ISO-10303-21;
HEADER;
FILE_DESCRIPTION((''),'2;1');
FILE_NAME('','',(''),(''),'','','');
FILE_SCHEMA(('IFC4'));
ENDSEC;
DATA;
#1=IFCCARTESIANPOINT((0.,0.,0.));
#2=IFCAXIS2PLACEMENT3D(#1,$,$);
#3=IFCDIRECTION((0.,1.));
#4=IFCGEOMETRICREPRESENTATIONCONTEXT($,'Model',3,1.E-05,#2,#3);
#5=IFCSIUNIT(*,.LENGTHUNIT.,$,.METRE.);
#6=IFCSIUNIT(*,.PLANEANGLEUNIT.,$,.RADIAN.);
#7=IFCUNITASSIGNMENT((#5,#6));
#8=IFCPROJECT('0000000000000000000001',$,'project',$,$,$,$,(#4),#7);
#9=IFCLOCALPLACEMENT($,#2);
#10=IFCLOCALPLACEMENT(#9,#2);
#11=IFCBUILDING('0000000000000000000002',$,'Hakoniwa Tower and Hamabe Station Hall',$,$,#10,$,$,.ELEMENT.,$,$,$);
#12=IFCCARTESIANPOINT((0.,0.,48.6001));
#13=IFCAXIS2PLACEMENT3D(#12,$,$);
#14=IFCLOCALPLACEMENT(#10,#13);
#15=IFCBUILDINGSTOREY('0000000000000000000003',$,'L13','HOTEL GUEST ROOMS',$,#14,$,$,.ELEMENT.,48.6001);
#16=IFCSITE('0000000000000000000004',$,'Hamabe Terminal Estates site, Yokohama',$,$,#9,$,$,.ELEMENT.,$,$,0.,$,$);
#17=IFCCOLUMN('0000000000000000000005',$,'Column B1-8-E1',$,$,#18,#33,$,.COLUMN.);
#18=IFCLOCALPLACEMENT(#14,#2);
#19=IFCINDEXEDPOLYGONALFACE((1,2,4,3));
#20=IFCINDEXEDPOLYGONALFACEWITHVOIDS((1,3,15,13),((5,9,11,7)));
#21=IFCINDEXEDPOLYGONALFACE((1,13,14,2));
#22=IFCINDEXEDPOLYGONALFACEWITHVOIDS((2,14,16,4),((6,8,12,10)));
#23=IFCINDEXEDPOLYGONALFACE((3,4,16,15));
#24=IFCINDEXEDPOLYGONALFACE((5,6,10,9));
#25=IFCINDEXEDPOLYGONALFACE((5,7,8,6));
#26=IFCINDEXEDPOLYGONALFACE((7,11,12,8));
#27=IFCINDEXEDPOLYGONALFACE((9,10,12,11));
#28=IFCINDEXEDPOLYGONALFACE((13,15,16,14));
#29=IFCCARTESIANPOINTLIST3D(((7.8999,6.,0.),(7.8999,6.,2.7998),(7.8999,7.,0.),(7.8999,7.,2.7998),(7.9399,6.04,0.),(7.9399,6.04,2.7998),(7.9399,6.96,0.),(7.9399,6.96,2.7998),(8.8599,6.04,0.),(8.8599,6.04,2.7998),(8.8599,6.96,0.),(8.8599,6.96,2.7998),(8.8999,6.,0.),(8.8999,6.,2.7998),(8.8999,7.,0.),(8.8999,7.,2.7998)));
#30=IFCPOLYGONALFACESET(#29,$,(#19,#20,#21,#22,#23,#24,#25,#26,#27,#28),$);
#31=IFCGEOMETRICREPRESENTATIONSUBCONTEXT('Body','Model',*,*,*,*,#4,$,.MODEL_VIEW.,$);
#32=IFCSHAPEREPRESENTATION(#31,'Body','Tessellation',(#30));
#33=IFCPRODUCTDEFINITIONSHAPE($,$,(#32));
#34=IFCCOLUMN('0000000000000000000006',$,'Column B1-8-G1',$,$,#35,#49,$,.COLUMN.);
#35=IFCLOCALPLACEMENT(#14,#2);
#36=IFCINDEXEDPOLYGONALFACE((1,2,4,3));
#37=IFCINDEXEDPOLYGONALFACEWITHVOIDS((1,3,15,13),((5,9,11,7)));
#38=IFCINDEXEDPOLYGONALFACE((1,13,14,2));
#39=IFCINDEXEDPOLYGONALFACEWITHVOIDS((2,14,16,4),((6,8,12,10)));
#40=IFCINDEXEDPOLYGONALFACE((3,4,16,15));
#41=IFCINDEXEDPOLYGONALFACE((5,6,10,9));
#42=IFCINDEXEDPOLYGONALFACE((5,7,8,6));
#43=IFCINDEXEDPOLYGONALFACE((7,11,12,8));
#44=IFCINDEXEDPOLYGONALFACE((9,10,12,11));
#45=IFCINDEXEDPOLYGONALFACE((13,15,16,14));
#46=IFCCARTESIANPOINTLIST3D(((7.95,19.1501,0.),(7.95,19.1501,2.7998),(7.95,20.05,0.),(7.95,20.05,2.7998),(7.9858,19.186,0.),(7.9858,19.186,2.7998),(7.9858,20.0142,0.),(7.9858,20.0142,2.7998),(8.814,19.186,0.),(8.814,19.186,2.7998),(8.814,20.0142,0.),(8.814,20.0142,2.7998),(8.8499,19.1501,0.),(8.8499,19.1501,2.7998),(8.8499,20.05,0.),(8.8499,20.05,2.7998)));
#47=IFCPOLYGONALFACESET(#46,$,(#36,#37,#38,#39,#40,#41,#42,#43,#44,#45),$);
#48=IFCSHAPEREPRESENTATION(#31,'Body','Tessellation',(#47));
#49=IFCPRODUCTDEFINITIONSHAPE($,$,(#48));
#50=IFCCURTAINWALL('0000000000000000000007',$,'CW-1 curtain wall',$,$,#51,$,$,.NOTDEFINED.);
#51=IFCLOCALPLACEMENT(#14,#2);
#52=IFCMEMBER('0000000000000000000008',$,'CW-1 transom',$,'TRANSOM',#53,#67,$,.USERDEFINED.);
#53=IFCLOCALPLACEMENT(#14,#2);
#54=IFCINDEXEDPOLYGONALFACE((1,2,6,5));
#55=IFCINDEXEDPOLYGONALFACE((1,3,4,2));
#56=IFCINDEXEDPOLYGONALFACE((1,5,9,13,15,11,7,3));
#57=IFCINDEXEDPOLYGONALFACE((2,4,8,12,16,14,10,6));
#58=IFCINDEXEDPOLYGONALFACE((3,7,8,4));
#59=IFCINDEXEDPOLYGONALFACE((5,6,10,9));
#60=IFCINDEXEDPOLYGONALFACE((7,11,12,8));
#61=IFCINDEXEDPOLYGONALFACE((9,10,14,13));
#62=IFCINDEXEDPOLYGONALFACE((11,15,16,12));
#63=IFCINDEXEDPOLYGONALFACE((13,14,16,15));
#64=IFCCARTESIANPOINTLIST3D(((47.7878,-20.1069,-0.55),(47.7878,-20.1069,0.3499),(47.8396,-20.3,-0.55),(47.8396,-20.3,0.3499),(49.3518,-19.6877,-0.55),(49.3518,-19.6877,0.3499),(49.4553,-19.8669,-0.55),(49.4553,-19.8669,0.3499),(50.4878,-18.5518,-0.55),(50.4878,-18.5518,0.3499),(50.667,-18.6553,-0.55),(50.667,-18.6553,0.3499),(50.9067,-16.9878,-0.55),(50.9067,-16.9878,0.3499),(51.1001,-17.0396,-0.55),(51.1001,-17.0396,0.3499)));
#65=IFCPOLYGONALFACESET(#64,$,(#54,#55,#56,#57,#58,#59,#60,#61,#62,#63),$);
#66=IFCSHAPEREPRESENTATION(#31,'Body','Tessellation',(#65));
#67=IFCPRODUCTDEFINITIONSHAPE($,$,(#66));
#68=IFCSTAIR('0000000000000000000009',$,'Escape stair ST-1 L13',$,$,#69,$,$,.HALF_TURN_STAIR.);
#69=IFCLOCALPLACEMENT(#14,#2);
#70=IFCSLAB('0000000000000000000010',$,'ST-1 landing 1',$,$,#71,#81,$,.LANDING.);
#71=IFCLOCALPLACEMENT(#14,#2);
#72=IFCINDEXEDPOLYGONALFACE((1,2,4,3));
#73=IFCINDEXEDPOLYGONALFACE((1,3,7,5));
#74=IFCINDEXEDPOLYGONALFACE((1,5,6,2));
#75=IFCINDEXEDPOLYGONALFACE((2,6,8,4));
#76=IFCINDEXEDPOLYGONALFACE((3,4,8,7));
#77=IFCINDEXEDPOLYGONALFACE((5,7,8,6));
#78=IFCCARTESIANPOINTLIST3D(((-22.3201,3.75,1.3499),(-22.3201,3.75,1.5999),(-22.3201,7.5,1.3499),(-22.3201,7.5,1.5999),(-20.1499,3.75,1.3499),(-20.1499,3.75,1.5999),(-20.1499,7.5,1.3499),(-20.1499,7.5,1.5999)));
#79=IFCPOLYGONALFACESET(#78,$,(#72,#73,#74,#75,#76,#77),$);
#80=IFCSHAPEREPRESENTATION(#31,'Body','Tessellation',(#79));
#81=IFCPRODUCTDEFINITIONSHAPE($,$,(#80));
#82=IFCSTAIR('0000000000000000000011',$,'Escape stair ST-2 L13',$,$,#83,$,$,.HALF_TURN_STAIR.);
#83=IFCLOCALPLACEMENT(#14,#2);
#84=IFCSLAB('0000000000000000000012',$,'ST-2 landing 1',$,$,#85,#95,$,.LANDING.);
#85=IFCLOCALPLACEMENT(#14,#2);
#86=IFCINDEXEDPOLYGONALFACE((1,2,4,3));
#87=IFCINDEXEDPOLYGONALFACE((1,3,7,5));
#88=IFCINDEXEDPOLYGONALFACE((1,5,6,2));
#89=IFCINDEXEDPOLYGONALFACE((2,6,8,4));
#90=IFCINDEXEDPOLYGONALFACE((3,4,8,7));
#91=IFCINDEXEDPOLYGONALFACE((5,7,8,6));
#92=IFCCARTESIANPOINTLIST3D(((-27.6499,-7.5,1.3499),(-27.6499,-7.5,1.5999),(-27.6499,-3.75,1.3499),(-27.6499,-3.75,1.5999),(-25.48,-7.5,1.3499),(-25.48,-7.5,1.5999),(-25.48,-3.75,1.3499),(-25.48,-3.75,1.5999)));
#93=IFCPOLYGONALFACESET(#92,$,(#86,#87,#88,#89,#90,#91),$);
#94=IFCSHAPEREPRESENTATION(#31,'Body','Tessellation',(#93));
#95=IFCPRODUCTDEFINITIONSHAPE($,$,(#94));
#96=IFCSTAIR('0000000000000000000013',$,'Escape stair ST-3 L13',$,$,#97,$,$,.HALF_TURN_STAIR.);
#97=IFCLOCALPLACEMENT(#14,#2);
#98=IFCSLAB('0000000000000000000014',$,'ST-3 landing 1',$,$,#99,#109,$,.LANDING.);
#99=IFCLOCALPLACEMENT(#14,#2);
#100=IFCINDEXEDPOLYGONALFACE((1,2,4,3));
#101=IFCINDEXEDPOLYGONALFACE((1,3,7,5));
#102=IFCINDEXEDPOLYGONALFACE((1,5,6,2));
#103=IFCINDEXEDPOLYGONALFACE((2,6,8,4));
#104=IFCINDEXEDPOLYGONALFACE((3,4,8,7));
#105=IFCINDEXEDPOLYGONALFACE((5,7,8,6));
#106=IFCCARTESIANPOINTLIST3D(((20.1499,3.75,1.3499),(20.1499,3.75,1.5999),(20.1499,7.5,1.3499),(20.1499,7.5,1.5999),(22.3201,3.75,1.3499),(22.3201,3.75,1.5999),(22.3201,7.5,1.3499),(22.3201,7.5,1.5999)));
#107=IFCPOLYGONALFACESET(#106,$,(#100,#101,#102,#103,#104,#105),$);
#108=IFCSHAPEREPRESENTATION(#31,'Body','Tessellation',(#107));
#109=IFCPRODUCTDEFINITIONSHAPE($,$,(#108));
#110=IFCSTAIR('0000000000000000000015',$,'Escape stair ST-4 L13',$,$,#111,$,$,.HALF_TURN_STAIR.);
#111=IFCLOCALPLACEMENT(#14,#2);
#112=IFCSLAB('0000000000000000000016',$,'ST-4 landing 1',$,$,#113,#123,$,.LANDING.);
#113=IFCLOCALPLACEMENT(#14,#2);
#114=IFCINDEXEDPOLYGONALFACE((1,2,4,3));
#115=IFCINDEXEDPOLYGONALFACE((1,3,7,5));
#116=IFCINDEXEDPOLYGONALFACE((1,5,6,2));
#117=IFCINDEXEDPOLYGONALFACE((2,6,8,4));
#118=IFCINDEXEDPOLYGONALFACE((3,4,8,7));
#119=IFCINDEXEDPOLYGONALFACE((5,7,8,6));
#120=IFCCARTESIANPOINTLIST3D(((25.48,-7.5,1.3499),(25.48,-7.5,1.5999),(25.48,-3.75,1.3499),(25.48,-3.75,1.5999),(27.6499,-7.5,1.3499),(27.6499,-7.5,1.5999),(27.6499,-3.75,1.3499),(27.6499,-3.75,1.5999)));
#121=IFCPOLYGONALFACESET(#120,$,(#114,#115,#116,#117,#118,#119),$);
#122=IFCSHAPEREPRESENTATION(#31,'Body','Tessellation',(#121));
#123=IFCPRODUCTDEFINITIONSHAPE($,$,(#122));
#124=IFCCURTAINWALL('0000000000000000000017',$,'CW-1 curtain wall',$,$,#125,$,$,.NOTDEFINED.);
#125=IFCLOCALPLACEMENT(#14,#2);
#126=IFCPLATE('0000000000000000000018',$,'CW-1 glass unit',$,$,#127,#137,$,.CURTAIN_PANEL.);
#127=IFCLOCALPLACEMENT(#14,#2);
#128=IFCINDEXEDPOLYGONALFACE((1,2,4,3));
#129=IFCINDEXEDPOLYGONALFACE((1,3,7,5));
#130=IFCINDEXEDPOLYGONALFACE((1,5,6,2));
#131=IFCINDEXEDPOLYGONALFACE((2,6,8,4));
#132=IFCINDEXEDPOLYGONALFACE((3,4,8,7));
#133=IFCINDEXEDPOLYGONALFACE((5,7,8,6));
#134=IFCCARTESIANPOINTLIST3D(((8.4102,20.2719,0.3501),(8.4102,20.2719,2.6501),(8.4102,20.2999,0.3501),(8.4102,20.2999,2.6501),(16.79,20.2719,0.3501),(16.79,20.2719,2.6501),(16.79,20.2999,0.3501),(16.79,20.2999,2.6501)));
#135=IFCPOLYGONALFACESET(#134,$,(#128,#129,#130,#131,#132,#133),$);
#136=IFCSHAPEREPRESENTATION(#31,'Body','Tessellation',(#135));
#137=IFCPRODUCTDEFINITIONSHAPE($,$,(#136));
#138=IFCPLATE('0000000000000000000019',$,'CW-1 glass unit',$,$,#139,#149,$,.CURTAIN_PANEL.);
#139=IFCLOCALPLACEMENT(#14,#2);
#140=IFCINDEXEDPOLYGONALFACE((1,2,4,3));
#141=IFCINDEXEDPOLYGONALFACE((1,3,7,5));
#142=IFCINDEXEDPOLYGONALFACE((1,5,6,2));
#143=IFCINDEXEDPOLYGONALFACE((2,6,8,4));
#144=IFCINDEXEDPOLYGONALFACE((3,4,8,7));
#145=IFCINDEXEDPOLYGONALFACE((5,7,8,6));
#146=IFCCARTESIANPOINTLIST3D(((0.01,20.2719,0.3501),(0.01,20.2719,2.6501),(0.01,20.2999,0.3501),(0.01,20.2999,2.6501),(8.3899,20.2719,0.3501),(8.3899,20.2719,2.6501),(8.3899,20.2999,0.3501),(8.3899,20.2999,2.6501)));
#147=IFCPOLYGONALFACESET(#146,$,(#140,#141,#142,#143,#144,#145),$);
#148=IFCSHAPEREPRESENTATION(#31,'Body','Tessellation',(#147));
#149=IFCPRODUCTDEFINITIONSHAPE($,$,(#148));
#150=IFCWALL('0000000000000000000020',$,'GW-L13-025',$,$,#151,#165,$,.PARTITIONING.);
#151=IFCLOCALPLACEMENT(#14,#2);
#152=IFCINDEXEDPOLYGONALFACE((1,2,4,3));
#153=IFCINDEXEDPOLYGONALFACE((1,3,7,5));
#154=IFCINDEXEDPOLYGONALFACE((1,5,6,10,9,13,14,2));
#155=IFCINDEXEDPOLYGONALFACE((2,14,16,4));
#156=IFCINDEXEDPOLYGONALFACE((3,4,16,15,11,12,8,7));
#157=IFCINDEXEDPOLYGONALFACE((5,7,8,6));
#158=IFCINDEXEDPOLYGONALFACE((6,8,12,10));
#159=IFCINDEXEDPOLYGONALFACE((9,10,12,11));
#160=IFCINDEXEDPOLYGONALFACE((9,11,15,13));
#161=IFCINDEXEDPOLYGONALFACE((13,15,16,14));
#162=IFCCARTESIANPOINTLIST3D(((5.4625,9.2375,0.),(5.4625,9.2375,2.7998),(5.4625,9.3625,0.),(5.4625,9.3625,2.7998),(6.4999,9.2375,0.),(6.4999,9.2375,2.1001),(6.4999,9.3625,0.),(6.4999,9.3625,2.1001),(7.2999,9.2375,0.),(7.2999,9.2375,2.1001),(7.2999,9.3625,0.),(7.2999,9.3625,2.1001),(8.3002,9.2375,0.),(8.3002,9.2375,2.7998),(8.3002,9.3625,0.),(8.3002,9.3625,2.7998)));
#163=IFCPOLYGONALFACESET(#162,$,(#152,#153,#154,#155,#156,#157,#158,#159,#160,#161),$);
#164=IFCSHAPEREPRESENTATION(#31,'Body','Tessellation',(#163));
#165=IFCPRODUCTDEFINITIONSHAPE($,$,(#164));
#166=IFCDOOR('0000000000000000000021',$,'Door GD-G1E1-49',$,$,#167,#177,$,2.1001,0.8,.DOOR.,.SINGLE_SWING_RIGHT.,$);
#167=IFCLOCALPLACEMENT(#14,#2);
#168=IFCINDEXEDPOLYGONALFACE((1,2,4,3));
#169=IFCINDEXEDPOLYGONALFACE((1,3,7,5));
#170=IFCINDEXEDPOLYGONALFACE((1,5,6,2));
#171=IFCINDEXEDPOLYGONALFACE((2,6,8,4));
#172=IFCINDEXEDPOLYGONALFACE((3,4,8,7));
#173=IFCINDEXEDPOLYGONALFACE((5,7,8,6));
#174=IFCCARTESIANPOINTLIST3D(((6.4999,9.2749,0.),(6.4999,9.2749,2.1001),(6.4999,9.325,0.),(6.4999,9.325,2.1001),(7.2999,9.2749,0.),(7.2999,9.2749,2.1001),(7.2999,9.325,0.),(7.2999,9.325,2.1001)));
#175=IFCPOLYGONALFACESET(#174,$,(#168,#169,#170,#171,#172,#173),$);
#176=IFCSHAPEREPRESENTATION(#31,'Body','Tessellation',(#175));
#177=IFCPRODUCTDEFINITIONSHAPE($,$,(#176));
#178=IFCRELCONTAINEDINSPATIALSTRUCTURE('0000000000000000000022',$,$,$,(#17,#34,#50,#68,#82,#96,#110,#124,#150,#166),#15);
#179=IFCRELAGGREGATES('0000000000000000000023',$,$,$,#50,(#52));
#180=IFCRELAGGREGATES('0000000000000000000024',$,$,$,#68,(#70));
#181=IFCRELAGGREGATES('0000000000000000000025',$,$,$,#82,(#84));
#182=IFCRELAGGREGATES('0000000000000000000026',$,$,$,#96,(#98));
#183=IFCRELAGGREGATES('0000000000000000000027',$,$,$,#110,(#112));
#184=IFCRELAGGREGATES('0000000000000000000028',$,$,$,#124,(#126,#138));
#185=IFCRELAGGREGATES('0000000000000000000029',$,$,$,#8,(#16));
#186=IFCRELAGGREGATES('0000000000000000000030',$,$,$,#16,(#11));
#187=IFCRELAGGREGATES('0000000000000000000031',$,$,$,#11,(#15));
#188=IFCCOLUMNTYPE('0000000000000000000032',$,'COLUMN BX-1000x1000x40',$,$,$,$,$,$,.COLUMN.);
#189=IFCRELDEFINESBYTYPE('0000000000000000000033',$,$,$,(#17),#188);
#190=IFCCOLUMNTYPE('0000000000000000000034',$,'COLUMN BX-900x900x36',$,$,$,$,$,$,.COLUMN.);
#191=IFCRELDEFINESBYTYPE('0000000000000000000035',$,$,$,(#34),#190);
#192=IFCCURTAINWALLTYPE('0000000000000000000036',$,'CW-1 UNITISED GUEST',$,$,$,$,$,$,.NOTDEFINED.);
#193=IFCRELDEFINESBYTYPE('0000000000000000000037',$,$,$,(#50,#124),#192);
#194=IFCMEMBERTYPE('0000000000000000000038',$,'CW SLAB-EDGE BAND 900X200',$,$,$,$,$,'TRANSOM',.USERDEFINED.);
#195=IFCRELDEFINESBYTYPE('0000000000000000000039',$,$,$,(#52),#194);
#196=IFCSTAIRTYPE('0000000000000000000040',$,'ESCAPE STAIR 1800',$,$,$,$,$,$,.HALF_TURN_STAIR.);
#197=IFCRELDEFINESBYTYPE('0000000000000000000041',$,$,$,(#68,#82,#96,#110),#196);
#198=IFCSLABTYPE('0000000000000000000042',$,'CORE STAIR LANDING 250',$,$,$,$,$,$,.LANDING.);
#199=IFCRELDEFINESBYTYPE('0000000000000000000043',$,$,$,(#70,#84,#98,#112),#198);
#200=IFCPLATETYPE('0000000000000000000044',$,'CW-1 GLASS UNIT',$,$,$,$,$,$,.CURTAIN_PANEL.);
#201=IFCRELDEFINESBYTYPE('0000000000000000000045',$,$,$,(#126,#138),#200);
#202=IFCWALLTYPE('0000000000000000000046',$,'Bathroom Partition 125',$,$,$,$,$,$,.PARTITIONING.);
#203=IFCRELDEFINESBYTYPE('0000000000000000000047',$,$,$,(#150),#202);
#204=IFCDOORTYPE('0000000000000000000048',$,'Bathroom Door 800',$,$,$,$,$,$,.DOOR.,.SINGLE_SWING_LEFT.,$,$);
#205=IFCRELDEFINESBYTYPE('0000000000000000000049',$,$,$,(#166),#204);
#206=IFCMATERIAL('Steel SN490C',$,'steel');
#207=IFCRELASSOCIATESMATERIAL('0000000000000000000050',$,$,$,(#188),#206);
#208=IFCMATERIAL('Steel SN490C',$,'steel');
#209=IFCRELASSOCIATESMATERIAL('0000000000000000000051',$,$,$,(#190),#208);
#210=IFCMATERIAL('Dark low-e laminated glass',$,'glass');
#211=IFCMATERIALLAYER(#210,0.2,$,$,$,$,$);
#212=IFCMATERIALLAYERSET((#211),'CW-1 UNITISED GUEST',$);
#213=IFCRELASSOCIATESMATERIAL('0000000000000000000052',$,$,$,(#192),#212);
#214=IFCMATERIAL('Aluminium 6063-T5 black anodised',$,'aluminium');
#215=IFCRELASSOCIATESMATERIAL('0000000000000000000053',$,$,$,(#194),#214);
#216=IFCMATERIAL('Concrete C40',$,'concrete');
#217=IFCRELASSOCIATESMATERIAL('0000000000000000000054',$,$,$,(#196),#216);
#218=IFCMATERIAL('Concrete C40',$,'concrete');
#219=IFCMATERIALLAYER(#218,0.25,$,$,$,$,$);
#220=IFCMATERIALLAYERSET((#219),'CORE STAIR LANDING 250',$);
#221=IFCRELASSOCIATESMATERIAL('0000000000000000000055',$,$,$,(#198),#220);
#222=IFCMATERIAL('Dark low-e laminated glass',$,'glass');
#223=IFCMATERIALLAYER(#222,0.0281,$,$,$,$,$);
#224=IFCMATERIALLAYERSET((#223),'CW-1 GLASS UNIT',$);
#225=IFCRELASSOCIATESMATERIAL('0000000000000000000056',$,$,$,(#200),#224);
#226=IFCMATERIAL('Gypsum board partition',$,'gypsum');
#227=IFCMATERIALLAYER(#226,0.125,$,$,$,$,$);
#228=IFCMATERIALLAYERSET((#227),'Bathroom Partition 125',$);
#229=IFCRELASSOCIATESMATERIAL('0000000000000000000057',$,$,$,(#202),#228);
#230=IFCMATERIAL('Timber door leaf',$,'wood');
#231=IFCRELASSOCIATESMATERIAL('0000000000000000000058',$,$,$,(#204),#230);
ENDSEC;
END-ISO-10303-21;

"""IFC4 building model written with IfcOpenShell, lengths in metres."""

from ifc_helpers import new_model, si_unit, direction, frame, frame_2d, origin, origin_2d, place, context, subcontext, project, spatial, polyline, rectangle, hollow_rectangle, outline, extrude, material, layer, layer_set, material_profile, profile_set, type_object, element, fill, aggregate, save


model = new_model("IFC4")

# Units and contexts
model_context = context("Model", 3, precision=1e-05, world=origin(), true_north=direction((0.0, 1.0)))
body_context = subcontext(model_context, "Body", "Model", "MODEL_VIEW")
ifc_project = project(units=[si_unit("LENGTHUNIT", "METRE"), si_unit("PLANEANGLEUNIT", "RADIAN")], contexts=[model_context])

# Site, building, storey
site_placement = place(None, origin())
site = spatial("IfcSite", under=ifc_project, at=site_placement, Name="Hamabe Terminal Estates site, Yokohama", CompositionType="ELEMENT", RefElevation=0.0)
building_placement = place(site_placement, origin())
building = spatial("IfcBuilding", under=site, at=building_placement, Name="Hakoniwa Tower and Hamabe Station Hall", CompositionType="ELEMENT")
storey_placement = place(building_placement, frame((0.0, 0.0, 48.6001)))
storey = spatial("IfcBuildingStorey", under=building, at=storey_placement, Name="L13", Description="HOTEL GUEST ROOMS", CompositionType="ELEMENT", Elevation=48.6001)

# Columns
ifc_material_1 = material(Name="Steel SN490C", Category="steel")
ifc_material_profile_1 = material_profile(ifc_material_1, hollow_rectangle(XDim=1.0, YDim=1.0, WallThickness=0.04, at=origin_2d()), Name="BX-1000x1000x40")
ifc_profile_set_1 = profile_set([ifc_material_profile_1], Name="Steel SN490C")
column_type_1 = type_object("IfcColumnType", Name="COLUMN BX-1000x1000x40", PredefinedType="COLUMN", material=ifc_profile_set_1)
column_1_placement = place(storey_placement, frame((8.3999, 6.5, 0.0), z_axis=(0.0, 0.0, 1.0), x_axis=(1.0, 0.0, 0.0)))
element("IfcColumn", 1, at=column_1_placement, inside=storey, type_object=column_type_1, Name="Column B1-8-E1", PredefinedType="COLUMN", context=body_context, shape_type="SweptSolid", body=[
    extrude(hollow_rectangle(XDim=1.0, YDim=1.0, WallThickness=0.04, at=origin_2d()), origin(), (0.0, 0.0, 1.0), 2.7998),
])
ifc_material_2 = material(Name="Steel SN490C", Category="steel")
ifc_material_profile_2 = material_profile(ifc_material_2, hollow_rectangle(XDim=0.8999, YDim=0.8999, WallThickness=0.0359, at=origin_2d()), Name="BX-900x900x36")
ifc_profile_set_2 = profile_set([ifc_material_profile_2], Name="Steel SN490C")
column_type_2 = type_object("IfcColumnType", Name="COLUMN BX-900x900x36", PredefinedType="COLUMN", material=ifc_profile_set_2)
column_2_placement = place(storey_placement, frame((8.3999, 19.6001, 0.0), z_axis=(0.0, 0.0, 1.0), x_axis=(1.0, 0.0, 0.0)))
element("IfcColumn", 2, at=column_2_placement, inside=storey, type_object=column_type_2, Name="Column B1-8-G1", PredefinedType="COLUMN", context=body_context, shape_type="SweptSolid", body=[
    extrude(hollow_rectangle(XDim=0.8999, YDim=0.8999, WallThickness=0.0359, at=origin_2d()), origin(), (0.0, 0.0, 1.0), 2.7998),
])

# Curtain wall, member
ifc_material_3 = material(Name="Dark low-e laminated glass", Category="glass")
ifc_layer_1 = layer(ifc_material_3, 0.2)
ifc_layer_set_1 = layer_set([ifc_layer_1], Name="CW-1 UNITISED GUEST")
curtain_wall_type = type_object("IfcCurtainWallType", Name="CW-1 UNITISED GUEST", PredefinedType="NOTDEFINED", material=ifc_layer_set_1)
curtain_wall_1_placement = place(storey_placement, origin())
curtain_wall_1 = element("IfcCurtainWall", 3, at=curtain_wall_1_placement, inside=storey, type_object=curtain_wall_type, Name="CW-1 curtain wall", PredefinedType="NOTDEFINED")
ifc_material_4 = material(Name="Aluminium 6063-T5 black anodised", Category="aluminium")
ifc_material_profile_3 = material_profile(ifc_material_4, rectangle(XDim=0.2, YDim=0.8999, at=origin_2d()), Name="CW SLAB-EDGE BAND 900X200")
ifc_profile_set_3 = profile_set([ifc_material_profile_3], Name="Aluminium 6063-T5 black anodised")
member_type = type_object("IfcMemberType", Name="CW SLAB-EDGE BAND 900X200", ElementType="TRANSOM", PredefinedType="USERDEFINED", material=ifc_profile_set_3)
member_placement = place(storey_placement, frame((0.0, 0.0, -0.55)))
member = element("IfcMember", 4, at=member_placement, type_object=member_type, Name="CW-1 transom", ObjectType="TRANSOM", PredefinedType="USERDEFINED", context=body_context, shape_type="SweptSolid", body=[
    extrude(outline(polyline([(47.8396, -20.3), (49.4553, -19.8669), (50.667, -18.6553), (51.1001, -17.0396), (50.9067, -16.9878), (50.4878, -18.5518), (49.3518, -19.6877), (47.7878, -20.1069), (47.8396, -20.3)])), origin(), (0.0, 0.0, 1.0), 0.8999),
])
aggregate(curtain_wall_1, [member])

# Stairs, slabs
ifc_material_5 = material(Name="Concrete C40", Category="concrete")
stair_type = type_object("IfcStairType", Name="ESCAPE STAIR 1800", PredefinedType="HALF_TURN_STAIR", material=ifc_material_5)
stair_1_placement = place(storey_placement, origin())
stair_1 = element("IfcStair", 5, at=stair_1_placement, inside=storey, type_object=stair_type, Name="Escape stair ST-1 L13", PredefinedType="HALF_TURN_STAIR")
ifc_material_6 = material(Name="Concrete C40", Category="concrete")
ifc_layer_2 = layer(ifc_material_6, 0.25)
ifc_layer_set_2 = layer_set([ifc_layer_2], Name="CORE STAIR LANDING 250")
slab_type = type_object("IfcSlabType", Name="CORE STAIR LANDING 250", PredefinedType="LANDING", material=ifc_layer_set_2)
slab_1_placement = place(storey_placement, frame((0.0, 0.0, 1.3499)))
slab_1 = element("IfcSlab", 6, at=slab_1_placement, type_object=slab_type, Name="ST-1 landing 1", PredefinedType="LANDING", context=body_context, shape_type="SweptSolid", body=[
    extrude(outline(polyline([(-22.3201, 3.75), (-20.1499, 3.75), (-20.1499, 7.5), (-22.3201, 7.5), (-22.3201, 3.75)])), origin(), (0.0, 0.0, 1.0), 0.25),
])
aggregate(stair_1, [slab_1])
stair_2_placement = place(storey_placement, origin())
stair_2 = element("IfcStair", 7, at=stair_2_placement, inside=storey, type_object=stair_type, Name="Escape stair ST-2 L13", PredefinedType="HALF_TURN_STAIR")
slab_2_placement = place(storey_placement, frame((0.0, 0.0, 1.3499)))
slab_2 = element("IfcSlab", 8, at=slab_2_placement, type_object=slab_type, Name="ST-2 landing 1", PredefinedType="LANDING", context=body_context, shape_type="SweptSolid", body=[
    extrude(outline(polyline([(-25.48, -7.5), (-27.6499, -7.5), (-27.6499, -3.75), (-25.48, -3.75), (-25.48, -7.5)])), origin(), (0.0, 0.0, 1.0), 0.25),
])
aggregate(stair_2, [slab_2])
stair_3_placement = place(storey_placement, origin())
stair_3 = element("IfcStair", 9, at=stair_3_placement, inside=storey, type_object=stair_type, Name="Escape stair ST-3 L13", PredefinedType="HALF_TURN_STAIR")
slab_3_placement = place(storey_placement, frame((0.0, 0.0, 1.3499)))
slab_3 = element("IfcSlab", 10, at=slab_3_placement, type_object=slab_type, Name="ST-3 landing 1", PredefinedType="LANDING", context=body_context, shape_type="SweptSolid", body=[
    extrude(outline(polyline([(22.3201, 3.75), (20.1499, 3.75), (20.1499, 7.5), (22.3201, 7.5), (22.3201, 3.75)])), origin(), (0.0, 0.0, 1.0), 0.25),
])
aggregate(stair_3, [slab_3])
stair_4_placement = place(storey_placement, origin())
stair_4 = element("IfcStair", 11, at=stair_4_placement, inside=storey, type_object=stair_type, Name="Escape stair ST-4 L13", PredefinedType="HALF_TURN_STAIR")
slab_4_placement = place(storey_placement, frame((0.0, 0.0, 1.3499)))
slab_4 = element("IfcSlab", 12, at=slab_4_placement, type_object=slab_type, Name="ST-4 landing 1", PredefinedType="LANDING", context=body_context, shape_type="SweptSolid", body=[
    extrude(outline(polyline([(25.48, -7.5), (27.6499, -7.5), (27.6499, -3.75), (25.48, -3.75), (25.48, -7.5)])), origin(), (0.0, 0.0, 1.0), 0.25),
])
aggregate(stair_4, [slab_4])

# Curtain wall, plates
curtain_wall_2_placement = place(storey_placement, origin())
curtain_wall_2 = element("IfcCurtainWall", 13, at=curtain_wall_2_placement, inside=storey, type_object=curtain_wall_type, Name="CW-1 curtain wall", PredefinedType="NOTDEFINED")
ifc_material_7 = material(Name="Dark low-e laminated glass", Category="glass")
ifc_layer_3 = layer(ifc_material_7, 0.0281)
ifc_layer_set_3 = layer_set([ifc_layer_3], Name="CW-1 GLASS UNIT")
plate_type = type_object("IfcPlateType", Name="CW-1 GLASS UNIT", PredefinedType="CURTAIN_PANEL", material=ifc_layer_set_3)
plate_1_placement = place(storey_placement, frame((12.6001, 20.2859, 0.3501), z_axis=(0.0, 0.0, 1.0), x_axis=(-1.0, 0.0, 0.0)))
plate_1 = element("IfcPlate", 14, at=plate_1_placement, type_object=plate_type, Name="CW-1 glass unit", PredefinedType="CURTAIN_PANEL", context=body_context, shape_type="SweptSolid", body=[
    extrude(rectangle(XDim=8.3799, YDim=0.0281, at=origin_2d()), origin(), (0.0, 0.0, 1.0), 2.3),
])
plate_2_placement = place(storey_placement, frame((4.2, 20.2859, 0.3501), z_axis=(0.0, 0.0, 1.0), x_axis=(-1.0, 0.0, 0.0)))
plate_2 = element("IfcPlate", 15, at=plate_2_placement, type_object=plate_type, Name="CW-1 glass unit", PredefinedType="CURTAIN_PANEL", context=body_context, shape_type="SweptSolid", body=[
    extrude(rectangle(XDim=8.3799, YDim=0.0281, at=origin_2d()), origin(), (0.0, 0.0, 1.0), 2.3),
])
aggregate(curtain_wall_2, [plate_1, plate_2])

# Wall, opening, door
ifc_material_8 = material(Name="Gypsum board partition", Category="gypsum")
ifc_layer_4 = layer(ifc_material_8, 0.125)
ifc_layer_set_4 = layer_set([ifc_layer_4], Name="Bathroom Partition 125")
wall_type_1 = type_object("IfcWallType", Name="Bathroom Partition 125", PredefinedType="PARTITIONING", material=ifc_layer_set_4)
wall_1_placement = place(storey_placement, frame((5.4624, 9.3, 0.0), z_axis=(0.0, 0.0, 1.0), x_axis=(1.0, 0.0, 0.0)))
wall_1 = element("IfcWall", 16, at=wall_1_placement, inside=storey, type_object=wall_type_1, Name="GW-L13-025", PredefinedType="PARTITIONING", context=body_context, shape_type="SweptSolid", body=[
    extrude(rectangle(XDim=2.8376, YDim=0.125, at=frame_2d((1.4189, 0.0))), origin(), (0.0, 0.0, 1.0), 2.7998),
])
opening_1_placement = place(wall_1_placement, frame((1.0376, 0.0, 0.0)))
opening_1 = element("IfcOpeningElement", 17, at=opening_1_placement, cuts=wall_1, PredefinedType="OPENING", context=body_context, shape_type="SweptSolid", body=[
    extrude(rectangle(XDim=0.8, YDim=2.1001, at=frame_2d((0.3999, 1.05))), frame((0.0, 0.0725, 0.0), z_axis=(0.0, -1.0, 0.0), x_axis=(1.0, 0.0, 0.0)), (0.0, 0.0, 1.0), 0.145),
])
ifc_material_9 = material(Name="Timber door leaf", Category="wood")
door_type_1 = type_object("IfcDoorType", Name="Bathroom Door 800", OperationType="SINGLE_SWING_LEFT", PredefinedType="DOOR", material=ifc_material_9)
door_1_placement = place(opening_1_placement, origin())
door_1 = element("IfcDoor", 18, at=door_1_placement, inside=storey, type_object=door_type_1, Name="Door GD-G1E1-49", OperationType="SINGLE_SWING_RIGHT", OverallHeight=2.1001, OverallWidth=0.8, PredefinedType="DOOR", context=body_context, shape_type="SweptSolid", body=[
    extrude(rectangle(XDim=0.8, YDim=2.1001, at=frame_2d((0.3999, 1.05))), frame((0.0, 0.0249, 0.0), z_axis=(0.0, -1.0, 0.0), x_axis=(1.0, 0.0, 0.0)), (0.0, 0.0, 1.0), 0.05),
])
fill(opening_1, door_1)

save(model, "model.ifc")
